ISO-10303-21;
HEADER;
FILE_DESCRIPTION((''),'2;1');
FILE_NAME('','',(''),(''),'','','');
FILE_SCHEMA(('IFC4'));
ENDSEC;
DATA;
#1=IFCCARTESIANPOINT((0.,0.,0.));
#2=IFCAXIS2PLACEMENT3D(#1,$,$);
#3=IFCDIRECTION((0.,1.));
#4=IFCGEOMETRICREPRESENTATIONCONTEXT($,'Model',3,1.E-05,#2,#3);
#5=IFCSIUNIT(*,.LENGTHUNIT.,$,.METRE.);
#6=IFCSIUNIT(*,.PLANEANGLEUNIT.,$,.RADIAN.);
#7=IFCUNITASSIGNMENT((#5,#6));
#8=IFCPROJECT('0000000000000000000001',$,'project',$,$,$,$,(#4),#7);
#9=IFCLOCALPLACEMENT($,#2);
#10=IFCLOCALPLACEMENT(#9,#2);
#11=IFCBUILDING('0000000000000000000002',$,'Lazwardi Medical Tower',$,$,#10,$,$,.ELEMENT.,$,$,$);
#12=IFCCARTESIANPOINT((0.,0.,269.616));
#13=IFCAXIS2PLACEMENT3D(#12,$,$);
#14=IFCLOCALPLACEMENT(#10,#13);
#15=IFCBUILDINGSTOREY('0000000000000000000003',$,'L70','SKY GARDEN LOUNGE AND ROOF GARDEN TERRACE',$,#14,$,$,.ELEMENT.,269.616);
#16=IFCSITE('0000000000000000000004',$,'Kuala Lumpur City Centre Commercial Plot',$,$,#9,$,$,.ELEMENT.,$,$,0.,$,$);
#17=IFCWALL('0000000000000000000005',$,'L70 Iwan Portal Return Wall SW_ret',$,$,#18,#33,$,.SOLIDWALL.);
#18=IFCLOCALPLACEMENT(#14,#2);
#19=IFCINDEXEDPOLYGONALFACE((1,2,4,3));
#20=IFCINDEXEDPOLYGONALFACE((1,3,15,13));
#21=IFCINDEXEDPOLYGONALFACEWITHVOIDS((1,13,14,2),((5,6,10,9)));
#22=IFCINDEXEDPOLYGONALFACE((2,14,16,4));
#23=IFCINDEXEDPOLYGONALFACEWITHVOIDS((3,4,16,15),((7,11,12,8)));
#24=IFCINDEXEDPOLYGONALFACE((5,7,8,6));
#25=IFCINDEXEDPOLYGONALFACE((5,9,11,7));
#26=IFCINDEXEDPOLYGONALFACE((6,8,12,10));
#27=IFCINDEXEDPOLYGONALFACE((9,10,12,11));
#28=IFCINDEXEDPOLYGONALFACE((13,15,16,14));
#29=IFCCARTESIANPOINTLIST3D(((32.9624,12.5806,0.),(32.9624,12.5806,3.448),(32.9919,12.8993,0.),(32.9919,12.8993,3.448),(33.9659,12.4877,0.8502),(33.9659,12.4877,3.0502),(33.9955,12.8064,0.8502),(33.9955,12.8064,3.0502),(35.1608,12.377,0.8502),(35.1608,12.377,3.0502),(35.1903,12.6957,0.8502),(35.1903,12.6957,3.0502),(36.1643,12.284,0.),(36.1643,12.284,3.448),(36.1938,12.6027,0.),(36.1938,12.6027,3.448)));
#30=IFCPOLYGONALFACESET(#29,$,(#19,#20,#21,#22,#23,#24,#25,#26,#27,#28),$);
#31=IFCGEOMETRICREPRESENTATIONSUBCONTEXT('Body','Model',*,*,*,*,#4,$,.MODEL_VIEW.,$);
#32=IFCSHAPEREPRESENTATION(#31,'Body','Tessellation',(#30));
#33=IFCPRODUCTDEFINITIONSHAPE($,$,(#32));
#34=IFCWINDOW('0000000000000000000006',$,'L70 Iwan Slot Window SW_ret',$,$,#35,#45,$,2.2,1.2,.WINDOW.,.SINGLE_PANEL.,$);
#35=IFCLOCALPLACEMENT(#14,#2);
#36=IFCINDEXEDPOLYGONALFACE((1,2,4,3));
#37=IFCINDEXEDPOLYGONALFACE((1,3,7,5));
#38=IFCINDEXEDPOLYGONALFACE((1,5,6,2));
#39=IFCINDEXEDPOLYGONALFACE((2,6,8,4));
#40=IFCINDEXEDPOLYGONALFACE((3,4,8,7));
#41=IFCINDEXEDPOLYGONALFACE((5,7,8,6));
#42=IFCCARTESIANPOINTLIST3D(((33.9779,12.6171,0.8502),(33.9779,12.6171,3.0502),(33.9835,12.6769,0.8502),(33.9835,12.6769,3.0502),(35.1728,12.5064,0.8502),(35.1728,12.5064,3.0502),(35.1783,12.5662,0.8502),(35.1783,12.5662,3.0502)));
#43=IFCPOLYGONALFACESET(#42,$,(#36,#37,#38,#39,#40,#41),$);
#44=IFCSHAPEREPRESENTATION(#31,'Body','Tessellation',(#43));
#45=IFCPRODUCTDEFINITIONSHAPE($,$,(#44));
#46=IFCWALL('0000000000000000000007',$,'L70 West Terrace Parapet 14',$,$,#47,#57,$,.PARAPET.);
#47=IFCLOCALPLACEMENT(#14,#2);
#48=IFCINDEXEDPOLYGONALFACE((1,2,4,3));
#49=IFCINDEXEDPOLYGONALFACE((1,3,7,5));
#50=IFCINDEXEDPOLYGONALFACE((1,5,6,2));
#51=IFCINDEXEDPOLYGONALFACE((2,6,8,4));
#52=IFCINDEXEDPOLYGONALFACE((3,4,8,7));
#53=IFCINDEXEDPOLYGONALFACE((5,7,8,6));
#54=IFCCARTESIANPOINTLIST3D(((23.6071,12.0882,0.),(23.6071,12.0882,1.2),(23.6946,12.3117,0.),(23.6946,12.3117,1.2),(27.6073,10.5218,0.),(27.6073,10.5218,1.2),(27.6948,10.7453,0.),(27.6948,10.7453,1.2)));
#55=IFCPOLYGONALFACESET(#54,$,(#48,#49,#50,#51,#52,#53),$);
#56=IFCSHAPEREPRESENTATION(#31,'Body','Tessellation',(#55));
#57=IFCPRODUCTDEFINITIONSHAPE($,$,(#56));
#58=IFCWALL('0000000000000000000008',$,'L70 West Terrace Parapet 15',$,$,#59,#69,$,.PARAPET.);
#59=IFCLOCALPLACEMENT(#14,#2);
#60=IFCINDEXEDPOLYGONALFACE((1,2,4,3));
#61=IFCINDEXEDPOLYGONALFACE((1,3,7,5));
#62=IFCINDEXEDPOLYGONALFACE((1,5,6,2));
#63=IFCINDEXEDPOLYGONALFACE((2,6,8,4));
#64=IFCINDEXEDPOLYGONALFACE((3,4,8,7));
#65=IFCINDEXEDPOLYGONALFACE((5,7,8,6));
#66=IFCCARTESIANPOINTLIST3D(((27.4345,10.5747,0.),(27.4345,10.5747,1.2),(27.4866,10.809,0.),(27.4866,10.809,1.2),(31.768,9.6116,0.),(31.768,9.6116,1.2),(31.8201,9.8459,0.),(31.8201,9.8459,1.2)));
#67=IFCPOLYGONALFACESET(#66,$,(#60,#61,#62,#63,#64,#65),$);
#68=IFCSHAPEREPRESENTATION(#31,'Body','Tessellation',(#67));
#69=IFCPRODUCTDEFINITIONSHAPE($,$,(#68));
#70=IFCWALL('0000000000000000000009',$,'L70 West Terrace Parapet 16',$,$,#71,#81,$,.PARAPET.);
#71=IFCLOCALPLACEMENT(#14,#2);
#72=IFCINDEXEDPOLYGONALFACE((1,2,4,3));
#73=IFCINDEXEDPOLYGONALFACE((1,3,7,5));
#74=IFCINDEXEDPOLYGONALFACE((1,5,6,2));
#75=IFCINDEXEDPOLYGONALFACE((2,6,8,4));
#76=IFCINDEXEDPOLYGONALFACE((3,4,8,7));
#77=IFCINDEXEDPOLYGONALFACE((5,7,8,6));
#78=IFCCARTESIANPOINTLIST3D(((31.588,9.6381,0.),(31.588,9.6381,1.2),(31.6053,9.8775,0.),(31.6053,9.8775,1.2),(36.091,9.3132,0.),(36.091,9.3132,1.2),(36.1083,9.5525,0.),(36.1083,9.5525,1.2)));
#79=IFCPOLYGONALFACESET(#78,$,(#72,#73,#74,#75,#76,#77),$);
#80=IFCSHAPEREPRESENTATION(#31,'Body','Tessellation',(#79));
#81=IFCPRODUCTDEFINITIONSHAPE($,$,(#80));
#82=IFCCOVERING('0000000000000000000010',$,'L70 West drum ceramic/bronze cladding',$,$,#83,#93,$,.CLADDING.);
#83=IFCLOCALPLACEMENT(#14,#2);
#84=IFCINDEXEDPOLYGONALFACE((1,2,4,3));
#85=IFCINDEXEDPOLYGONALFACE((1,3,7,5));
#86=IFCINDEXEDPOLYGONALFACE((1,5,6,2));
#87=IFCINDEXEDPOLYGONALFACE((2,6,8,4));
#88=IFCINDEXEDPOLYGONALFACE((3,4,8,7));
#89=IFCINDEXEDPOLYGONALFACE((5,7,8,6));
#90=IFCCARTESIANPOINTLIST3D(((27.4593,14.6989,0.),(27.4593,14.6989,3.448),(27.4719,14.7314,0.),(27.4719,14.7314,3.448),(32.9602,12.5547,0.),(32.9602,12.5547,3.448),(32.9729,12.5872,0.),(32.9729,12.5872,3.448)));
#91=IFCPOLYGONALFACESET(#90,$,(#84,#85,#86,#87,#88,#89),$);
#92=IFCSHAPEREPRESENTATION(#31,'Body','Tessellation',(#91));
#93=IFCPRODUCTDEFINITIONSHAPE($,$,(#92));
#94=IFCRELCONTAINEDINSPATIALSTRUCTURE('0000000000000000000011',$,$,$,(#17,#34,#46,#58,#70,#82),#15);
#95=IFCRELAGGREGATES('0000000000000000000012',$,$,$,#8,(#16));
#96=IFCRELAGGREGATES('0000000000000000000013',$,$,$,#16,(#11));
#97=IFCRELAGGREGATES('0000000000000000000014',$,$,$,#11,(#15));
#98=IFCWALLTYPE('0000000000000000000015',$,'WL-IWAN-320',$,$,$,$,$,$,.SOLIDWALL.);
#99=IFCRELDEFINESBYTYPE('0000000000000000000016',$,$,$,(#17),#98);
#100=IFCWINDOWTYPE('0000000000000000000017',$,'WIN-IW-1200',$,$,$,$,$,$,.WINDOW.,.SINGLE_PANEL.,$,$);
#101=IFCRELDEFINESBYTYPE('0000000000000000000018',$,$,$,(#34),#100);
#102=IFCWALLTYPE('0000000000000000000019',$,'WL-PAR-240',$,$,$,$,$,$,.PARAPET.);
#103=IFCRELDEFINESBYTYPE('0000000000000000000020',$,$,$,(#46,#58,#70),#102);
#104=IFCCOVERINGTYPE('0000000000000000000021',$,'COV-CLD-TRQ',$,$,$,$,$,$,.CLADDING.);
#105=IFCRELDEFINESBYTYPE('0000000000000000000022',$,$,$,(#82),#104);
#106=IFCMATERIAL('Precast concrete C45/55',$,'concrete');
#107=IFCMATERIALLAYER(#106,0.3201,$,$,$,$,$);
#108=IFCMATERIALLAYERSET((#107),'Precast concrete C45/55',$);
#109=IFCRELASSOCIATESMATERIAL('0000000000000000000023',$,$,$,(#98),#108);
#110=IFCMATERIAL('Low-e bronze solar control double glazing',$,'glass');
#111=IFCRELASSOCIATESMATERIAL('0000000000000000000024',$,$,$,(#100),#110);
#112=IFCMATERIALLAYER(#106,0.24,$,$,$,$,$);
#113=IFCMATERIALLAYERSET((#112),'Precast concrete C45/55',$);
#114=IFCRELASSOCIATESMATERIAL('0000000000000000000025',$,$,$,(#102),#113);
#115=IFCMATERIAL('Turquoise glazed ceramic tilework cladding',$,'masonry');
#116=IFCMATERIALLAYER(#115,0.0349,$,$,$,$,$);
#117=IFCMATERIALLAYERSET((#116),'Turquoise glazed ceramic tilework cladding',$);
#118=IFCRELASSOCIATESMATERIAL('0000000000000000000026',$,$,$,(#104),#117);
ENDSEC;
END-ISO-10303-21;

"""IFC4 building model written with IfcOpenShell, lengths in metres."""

from ifc_helpers import new_model, si_unit, direction, frame, frame_2d, origin, origin_2d, place, context, subcontext, project, spatial, rectangle, extrude, material, layer, layer_set, type_object, element, fill, save


model = new_model("IFC4")

# Units and contexts
model_context = context("Model", 3, precision=1e-05, world=origin(), true_north=direction((0.0, 1.0)))
body_context = subcontext(model_context, "Body", "Model", "MODEL_VIEW")
ifc_project = project(units=[si_unit("LENGTHUNIT", "METRE"), si_unit("PLANEANGLEUNIT", "RADIAN")], contexts=[model_context])

# Site, building, storey
site_placement = place(None, origin())
site = spatial("IfcSite", under=ifc_project, at=site_placement, Name="Kuala Lumpur City Centre Commercial Plot", CompositionType="ELEMENT", RefElevation=0.0)
building_placement = place(site_placement, origin())
building = spatial("IfcBuilding", under=site, at=building_placement, Name="Lazwardi Medical Tower", CompositionType="ELEMENT")
storey_placement = place(building_placement, frame((0.0, 0.0, 269.616)))
storey = spatial("IfcBuildingStorey", under=building, at=storey_placement, Name="L70", Description="SKY GARDEN LOUNGE AND ROOF GARDEN TERRACE", CompositionType="ELEMENT", Elevation=269.616)

# Wall, opening, window
ifc_material_1 = material(Name="Precast concrete C45/55", Category="concrete")
ifc_material_2 = material(Name="Low-e bronze solar control double glazing", Category="glass")
ifc_layer_1 = layer(ifc_material_1, 0.3201)
ifc_layer_set_1 = layer_set([ifc_layer_1], Name="Precast concrete C45/55")
wall_type_1 = type_object("IfcWallType", Name="WL-IWAN-320", PredefinedType="SOLIDWALL", material=ifc_layer_set_1)
wall_1_placement = place(storey_placement, frame((32.9771, 12.74, 0.0), z_axis=(0.0, 0.0, 1.0), x_axis=(0.995736, -0.092247, 0.0)))
wall_1 = element("IfcWall", 1, at=wall_1_placement, inside=storey, type_object=wall_type_1, Name="L70 Iwan Portal Return Wall SW_ret", PredefinedType="SOLIDWALL", context=body_context, shape_type="SweptSolid", body=[
    extrude(rectangle(XDim=3.2156, YDim=0.3201, at=frame_2d((1.6079, 0.0))), origin(), (0.0, 0.0, 1.0), 3.448),
])
opening_1_placement = place(wall_1_placement, frame((1.0078, 0.0, 0.8501)))
opening_1 = element("IfcOpeningElement", 2, at=opening_1_placement, cuts=wall_1, PredefinedType="OPENING", context=body_context, shape_type="SweptSolid", body=[
    extrude(rectangle(XDim=1.2, YDim=2.2, at=frame_2d((0.6001, 1.1001))), frame((0.0, 0.1699, 0.0), z_axis=(0.0, -1.0, 0.0), x_axis=(1.0, 0.0, 0.0)), (0.0, 0.0, 1.0), 0.3401),
])
window_type_1 = type_object("IfcWindowType", Name="WIN-IW-1200", PartitioningType="SINGLE_PANEL", PredefinedType="WINDOW", material=ifc_material_2)
window_1_placement = place(opening_1_placement, origin())
window_1 = element("IfcWindow", 3, at=window_1_placement, inside=storey, type_object=window_type_1, Name="L70 Iwan Slot Window SW_ret", OverallHeight=2.2, OverallWidth=1.2, PartitioningType="SINGLE_PANEL", PredefinedType="WINDOW", context=body_context, shape_type="SweptSolid", body=[
    extrude(rectangle(XDim=1.2, YDim=2.2, at=frame_2d((0.6001, 1.1001))), frame((0.0, 0.03, 0.0), z_axis=(0.0, -1.0, 0.0), x_axis=(1.0, 0.0, 0.0)), (0.0, 0.0, 1.0), 0.0601),
])
fill(opening_1, window_1)

# Walls
ifc_layer_2 = layer(ifc_material_1, 0.24)
ifc_layer_set_2 = layer_set([ifc_layer_2], Name="Precast concrete C45/55")
wall_type_2 = type_object("IfcWallType", Name="WL-PAR-240", PredefinedType="PARAPET", material=ifc_layer_set_2)
wall_2_placement = place(storey_placement, frame((23.6509, 12.2, 0.0), z_axis=(0.0, 0.0, 1.0), x_axis=(0.931156, -0.36462, 0.0)))
element("IfcWall", 4, at=wall_2_placement, inside=storey, type_object=wall_type_2, Name="L70 West Terrace Parapet 14", PredefinedType="PARAPET", context=body_context, shape_type="SweptSolid", body=[
    extrude(rectangle(XDim=4.2959, YDim=0.24, at=frame_2d((2.1479, 0.0))), origin(), (0.0, 0.0, 1.0), 1.2),
])
wall_3_placement = place(storey_placement, frame((27.4604, 10.6919, 0.0), z_axis=(0.0, 0.0, 1.0), x_axis=(0.976181, -0.21696, 0.0)))
element("IfcWall", 5, at=wall_3_placement, inside=storey, type_object=wall_type_2, Name="L70 West Terrace Parapet 15", PredefinedType="PARAPET", context=body_context, shape_type="SweptSolid", body=[
    extrude(rectangle(XDim=4.4392, YDim=0.24, at=frame_2d((2.2197, 0.0))), origin(), (0.0, 0.0, 1.0), 1.2),
])
wall_4_placement = place(storey_placement, frame((31.5967, 9.7578, 0.0), z_axis=(0.0, 0.0, 1.0), x_axis=(0.997406, -0.071977, 0.0)))
element("IfcWall", 6, at=wall_4_placement, inside=storey, type_object=wall_type_2, Name="L70 West Terrace Parapet 16", PredefinedType="PARAPET", context=body_context, shape_type="SweptSolid", body=[
    extrude(rectangle(XDim=4.5146, YDim=0.24, at=frame_2d((2.2573, 0.0))), origin(), (0.0, 0.0, 1.0), 1.2),
])

# Covering
ifc_material_3 = material(Name="Turquoise glazed ceramic tilework cladding", Category="masonry")
ifc_layer_3 = layer(ifc_material_3, 0.0349)
ifc_layer_set_3 = layer_set([ifc_layer_3], Name="Turquoise glazed ceramic tilework cladding")
covering_type = type_object("IfcCoveringType", Name="COV-CLD-TRQ", PredefinedType="CLADDING", material=ifc_layer_set_3)
covering_placement = place(storey_placement, frame((30.2161, 13.6431, 0.0), z_axis=(0.0, 0.0, 1.0), x_axis=(0.93172, -0.363176, 0.0)))
element("IfcCovering", 7, at=covering_placement, inside=storey, type_object=covering_type, Name="L70 West drum ceramic/bronze cladding", PredefinedType="CLADDING", context=body_context, shape_type="SweptSolid", body=[
    extrude(rectangle(XDim=5.9041, YDim=0.0349, at=origin_2d()), origin(), (0.0, 0.0, 1.0), 3.448),
])

save(model, "model.ifc")
